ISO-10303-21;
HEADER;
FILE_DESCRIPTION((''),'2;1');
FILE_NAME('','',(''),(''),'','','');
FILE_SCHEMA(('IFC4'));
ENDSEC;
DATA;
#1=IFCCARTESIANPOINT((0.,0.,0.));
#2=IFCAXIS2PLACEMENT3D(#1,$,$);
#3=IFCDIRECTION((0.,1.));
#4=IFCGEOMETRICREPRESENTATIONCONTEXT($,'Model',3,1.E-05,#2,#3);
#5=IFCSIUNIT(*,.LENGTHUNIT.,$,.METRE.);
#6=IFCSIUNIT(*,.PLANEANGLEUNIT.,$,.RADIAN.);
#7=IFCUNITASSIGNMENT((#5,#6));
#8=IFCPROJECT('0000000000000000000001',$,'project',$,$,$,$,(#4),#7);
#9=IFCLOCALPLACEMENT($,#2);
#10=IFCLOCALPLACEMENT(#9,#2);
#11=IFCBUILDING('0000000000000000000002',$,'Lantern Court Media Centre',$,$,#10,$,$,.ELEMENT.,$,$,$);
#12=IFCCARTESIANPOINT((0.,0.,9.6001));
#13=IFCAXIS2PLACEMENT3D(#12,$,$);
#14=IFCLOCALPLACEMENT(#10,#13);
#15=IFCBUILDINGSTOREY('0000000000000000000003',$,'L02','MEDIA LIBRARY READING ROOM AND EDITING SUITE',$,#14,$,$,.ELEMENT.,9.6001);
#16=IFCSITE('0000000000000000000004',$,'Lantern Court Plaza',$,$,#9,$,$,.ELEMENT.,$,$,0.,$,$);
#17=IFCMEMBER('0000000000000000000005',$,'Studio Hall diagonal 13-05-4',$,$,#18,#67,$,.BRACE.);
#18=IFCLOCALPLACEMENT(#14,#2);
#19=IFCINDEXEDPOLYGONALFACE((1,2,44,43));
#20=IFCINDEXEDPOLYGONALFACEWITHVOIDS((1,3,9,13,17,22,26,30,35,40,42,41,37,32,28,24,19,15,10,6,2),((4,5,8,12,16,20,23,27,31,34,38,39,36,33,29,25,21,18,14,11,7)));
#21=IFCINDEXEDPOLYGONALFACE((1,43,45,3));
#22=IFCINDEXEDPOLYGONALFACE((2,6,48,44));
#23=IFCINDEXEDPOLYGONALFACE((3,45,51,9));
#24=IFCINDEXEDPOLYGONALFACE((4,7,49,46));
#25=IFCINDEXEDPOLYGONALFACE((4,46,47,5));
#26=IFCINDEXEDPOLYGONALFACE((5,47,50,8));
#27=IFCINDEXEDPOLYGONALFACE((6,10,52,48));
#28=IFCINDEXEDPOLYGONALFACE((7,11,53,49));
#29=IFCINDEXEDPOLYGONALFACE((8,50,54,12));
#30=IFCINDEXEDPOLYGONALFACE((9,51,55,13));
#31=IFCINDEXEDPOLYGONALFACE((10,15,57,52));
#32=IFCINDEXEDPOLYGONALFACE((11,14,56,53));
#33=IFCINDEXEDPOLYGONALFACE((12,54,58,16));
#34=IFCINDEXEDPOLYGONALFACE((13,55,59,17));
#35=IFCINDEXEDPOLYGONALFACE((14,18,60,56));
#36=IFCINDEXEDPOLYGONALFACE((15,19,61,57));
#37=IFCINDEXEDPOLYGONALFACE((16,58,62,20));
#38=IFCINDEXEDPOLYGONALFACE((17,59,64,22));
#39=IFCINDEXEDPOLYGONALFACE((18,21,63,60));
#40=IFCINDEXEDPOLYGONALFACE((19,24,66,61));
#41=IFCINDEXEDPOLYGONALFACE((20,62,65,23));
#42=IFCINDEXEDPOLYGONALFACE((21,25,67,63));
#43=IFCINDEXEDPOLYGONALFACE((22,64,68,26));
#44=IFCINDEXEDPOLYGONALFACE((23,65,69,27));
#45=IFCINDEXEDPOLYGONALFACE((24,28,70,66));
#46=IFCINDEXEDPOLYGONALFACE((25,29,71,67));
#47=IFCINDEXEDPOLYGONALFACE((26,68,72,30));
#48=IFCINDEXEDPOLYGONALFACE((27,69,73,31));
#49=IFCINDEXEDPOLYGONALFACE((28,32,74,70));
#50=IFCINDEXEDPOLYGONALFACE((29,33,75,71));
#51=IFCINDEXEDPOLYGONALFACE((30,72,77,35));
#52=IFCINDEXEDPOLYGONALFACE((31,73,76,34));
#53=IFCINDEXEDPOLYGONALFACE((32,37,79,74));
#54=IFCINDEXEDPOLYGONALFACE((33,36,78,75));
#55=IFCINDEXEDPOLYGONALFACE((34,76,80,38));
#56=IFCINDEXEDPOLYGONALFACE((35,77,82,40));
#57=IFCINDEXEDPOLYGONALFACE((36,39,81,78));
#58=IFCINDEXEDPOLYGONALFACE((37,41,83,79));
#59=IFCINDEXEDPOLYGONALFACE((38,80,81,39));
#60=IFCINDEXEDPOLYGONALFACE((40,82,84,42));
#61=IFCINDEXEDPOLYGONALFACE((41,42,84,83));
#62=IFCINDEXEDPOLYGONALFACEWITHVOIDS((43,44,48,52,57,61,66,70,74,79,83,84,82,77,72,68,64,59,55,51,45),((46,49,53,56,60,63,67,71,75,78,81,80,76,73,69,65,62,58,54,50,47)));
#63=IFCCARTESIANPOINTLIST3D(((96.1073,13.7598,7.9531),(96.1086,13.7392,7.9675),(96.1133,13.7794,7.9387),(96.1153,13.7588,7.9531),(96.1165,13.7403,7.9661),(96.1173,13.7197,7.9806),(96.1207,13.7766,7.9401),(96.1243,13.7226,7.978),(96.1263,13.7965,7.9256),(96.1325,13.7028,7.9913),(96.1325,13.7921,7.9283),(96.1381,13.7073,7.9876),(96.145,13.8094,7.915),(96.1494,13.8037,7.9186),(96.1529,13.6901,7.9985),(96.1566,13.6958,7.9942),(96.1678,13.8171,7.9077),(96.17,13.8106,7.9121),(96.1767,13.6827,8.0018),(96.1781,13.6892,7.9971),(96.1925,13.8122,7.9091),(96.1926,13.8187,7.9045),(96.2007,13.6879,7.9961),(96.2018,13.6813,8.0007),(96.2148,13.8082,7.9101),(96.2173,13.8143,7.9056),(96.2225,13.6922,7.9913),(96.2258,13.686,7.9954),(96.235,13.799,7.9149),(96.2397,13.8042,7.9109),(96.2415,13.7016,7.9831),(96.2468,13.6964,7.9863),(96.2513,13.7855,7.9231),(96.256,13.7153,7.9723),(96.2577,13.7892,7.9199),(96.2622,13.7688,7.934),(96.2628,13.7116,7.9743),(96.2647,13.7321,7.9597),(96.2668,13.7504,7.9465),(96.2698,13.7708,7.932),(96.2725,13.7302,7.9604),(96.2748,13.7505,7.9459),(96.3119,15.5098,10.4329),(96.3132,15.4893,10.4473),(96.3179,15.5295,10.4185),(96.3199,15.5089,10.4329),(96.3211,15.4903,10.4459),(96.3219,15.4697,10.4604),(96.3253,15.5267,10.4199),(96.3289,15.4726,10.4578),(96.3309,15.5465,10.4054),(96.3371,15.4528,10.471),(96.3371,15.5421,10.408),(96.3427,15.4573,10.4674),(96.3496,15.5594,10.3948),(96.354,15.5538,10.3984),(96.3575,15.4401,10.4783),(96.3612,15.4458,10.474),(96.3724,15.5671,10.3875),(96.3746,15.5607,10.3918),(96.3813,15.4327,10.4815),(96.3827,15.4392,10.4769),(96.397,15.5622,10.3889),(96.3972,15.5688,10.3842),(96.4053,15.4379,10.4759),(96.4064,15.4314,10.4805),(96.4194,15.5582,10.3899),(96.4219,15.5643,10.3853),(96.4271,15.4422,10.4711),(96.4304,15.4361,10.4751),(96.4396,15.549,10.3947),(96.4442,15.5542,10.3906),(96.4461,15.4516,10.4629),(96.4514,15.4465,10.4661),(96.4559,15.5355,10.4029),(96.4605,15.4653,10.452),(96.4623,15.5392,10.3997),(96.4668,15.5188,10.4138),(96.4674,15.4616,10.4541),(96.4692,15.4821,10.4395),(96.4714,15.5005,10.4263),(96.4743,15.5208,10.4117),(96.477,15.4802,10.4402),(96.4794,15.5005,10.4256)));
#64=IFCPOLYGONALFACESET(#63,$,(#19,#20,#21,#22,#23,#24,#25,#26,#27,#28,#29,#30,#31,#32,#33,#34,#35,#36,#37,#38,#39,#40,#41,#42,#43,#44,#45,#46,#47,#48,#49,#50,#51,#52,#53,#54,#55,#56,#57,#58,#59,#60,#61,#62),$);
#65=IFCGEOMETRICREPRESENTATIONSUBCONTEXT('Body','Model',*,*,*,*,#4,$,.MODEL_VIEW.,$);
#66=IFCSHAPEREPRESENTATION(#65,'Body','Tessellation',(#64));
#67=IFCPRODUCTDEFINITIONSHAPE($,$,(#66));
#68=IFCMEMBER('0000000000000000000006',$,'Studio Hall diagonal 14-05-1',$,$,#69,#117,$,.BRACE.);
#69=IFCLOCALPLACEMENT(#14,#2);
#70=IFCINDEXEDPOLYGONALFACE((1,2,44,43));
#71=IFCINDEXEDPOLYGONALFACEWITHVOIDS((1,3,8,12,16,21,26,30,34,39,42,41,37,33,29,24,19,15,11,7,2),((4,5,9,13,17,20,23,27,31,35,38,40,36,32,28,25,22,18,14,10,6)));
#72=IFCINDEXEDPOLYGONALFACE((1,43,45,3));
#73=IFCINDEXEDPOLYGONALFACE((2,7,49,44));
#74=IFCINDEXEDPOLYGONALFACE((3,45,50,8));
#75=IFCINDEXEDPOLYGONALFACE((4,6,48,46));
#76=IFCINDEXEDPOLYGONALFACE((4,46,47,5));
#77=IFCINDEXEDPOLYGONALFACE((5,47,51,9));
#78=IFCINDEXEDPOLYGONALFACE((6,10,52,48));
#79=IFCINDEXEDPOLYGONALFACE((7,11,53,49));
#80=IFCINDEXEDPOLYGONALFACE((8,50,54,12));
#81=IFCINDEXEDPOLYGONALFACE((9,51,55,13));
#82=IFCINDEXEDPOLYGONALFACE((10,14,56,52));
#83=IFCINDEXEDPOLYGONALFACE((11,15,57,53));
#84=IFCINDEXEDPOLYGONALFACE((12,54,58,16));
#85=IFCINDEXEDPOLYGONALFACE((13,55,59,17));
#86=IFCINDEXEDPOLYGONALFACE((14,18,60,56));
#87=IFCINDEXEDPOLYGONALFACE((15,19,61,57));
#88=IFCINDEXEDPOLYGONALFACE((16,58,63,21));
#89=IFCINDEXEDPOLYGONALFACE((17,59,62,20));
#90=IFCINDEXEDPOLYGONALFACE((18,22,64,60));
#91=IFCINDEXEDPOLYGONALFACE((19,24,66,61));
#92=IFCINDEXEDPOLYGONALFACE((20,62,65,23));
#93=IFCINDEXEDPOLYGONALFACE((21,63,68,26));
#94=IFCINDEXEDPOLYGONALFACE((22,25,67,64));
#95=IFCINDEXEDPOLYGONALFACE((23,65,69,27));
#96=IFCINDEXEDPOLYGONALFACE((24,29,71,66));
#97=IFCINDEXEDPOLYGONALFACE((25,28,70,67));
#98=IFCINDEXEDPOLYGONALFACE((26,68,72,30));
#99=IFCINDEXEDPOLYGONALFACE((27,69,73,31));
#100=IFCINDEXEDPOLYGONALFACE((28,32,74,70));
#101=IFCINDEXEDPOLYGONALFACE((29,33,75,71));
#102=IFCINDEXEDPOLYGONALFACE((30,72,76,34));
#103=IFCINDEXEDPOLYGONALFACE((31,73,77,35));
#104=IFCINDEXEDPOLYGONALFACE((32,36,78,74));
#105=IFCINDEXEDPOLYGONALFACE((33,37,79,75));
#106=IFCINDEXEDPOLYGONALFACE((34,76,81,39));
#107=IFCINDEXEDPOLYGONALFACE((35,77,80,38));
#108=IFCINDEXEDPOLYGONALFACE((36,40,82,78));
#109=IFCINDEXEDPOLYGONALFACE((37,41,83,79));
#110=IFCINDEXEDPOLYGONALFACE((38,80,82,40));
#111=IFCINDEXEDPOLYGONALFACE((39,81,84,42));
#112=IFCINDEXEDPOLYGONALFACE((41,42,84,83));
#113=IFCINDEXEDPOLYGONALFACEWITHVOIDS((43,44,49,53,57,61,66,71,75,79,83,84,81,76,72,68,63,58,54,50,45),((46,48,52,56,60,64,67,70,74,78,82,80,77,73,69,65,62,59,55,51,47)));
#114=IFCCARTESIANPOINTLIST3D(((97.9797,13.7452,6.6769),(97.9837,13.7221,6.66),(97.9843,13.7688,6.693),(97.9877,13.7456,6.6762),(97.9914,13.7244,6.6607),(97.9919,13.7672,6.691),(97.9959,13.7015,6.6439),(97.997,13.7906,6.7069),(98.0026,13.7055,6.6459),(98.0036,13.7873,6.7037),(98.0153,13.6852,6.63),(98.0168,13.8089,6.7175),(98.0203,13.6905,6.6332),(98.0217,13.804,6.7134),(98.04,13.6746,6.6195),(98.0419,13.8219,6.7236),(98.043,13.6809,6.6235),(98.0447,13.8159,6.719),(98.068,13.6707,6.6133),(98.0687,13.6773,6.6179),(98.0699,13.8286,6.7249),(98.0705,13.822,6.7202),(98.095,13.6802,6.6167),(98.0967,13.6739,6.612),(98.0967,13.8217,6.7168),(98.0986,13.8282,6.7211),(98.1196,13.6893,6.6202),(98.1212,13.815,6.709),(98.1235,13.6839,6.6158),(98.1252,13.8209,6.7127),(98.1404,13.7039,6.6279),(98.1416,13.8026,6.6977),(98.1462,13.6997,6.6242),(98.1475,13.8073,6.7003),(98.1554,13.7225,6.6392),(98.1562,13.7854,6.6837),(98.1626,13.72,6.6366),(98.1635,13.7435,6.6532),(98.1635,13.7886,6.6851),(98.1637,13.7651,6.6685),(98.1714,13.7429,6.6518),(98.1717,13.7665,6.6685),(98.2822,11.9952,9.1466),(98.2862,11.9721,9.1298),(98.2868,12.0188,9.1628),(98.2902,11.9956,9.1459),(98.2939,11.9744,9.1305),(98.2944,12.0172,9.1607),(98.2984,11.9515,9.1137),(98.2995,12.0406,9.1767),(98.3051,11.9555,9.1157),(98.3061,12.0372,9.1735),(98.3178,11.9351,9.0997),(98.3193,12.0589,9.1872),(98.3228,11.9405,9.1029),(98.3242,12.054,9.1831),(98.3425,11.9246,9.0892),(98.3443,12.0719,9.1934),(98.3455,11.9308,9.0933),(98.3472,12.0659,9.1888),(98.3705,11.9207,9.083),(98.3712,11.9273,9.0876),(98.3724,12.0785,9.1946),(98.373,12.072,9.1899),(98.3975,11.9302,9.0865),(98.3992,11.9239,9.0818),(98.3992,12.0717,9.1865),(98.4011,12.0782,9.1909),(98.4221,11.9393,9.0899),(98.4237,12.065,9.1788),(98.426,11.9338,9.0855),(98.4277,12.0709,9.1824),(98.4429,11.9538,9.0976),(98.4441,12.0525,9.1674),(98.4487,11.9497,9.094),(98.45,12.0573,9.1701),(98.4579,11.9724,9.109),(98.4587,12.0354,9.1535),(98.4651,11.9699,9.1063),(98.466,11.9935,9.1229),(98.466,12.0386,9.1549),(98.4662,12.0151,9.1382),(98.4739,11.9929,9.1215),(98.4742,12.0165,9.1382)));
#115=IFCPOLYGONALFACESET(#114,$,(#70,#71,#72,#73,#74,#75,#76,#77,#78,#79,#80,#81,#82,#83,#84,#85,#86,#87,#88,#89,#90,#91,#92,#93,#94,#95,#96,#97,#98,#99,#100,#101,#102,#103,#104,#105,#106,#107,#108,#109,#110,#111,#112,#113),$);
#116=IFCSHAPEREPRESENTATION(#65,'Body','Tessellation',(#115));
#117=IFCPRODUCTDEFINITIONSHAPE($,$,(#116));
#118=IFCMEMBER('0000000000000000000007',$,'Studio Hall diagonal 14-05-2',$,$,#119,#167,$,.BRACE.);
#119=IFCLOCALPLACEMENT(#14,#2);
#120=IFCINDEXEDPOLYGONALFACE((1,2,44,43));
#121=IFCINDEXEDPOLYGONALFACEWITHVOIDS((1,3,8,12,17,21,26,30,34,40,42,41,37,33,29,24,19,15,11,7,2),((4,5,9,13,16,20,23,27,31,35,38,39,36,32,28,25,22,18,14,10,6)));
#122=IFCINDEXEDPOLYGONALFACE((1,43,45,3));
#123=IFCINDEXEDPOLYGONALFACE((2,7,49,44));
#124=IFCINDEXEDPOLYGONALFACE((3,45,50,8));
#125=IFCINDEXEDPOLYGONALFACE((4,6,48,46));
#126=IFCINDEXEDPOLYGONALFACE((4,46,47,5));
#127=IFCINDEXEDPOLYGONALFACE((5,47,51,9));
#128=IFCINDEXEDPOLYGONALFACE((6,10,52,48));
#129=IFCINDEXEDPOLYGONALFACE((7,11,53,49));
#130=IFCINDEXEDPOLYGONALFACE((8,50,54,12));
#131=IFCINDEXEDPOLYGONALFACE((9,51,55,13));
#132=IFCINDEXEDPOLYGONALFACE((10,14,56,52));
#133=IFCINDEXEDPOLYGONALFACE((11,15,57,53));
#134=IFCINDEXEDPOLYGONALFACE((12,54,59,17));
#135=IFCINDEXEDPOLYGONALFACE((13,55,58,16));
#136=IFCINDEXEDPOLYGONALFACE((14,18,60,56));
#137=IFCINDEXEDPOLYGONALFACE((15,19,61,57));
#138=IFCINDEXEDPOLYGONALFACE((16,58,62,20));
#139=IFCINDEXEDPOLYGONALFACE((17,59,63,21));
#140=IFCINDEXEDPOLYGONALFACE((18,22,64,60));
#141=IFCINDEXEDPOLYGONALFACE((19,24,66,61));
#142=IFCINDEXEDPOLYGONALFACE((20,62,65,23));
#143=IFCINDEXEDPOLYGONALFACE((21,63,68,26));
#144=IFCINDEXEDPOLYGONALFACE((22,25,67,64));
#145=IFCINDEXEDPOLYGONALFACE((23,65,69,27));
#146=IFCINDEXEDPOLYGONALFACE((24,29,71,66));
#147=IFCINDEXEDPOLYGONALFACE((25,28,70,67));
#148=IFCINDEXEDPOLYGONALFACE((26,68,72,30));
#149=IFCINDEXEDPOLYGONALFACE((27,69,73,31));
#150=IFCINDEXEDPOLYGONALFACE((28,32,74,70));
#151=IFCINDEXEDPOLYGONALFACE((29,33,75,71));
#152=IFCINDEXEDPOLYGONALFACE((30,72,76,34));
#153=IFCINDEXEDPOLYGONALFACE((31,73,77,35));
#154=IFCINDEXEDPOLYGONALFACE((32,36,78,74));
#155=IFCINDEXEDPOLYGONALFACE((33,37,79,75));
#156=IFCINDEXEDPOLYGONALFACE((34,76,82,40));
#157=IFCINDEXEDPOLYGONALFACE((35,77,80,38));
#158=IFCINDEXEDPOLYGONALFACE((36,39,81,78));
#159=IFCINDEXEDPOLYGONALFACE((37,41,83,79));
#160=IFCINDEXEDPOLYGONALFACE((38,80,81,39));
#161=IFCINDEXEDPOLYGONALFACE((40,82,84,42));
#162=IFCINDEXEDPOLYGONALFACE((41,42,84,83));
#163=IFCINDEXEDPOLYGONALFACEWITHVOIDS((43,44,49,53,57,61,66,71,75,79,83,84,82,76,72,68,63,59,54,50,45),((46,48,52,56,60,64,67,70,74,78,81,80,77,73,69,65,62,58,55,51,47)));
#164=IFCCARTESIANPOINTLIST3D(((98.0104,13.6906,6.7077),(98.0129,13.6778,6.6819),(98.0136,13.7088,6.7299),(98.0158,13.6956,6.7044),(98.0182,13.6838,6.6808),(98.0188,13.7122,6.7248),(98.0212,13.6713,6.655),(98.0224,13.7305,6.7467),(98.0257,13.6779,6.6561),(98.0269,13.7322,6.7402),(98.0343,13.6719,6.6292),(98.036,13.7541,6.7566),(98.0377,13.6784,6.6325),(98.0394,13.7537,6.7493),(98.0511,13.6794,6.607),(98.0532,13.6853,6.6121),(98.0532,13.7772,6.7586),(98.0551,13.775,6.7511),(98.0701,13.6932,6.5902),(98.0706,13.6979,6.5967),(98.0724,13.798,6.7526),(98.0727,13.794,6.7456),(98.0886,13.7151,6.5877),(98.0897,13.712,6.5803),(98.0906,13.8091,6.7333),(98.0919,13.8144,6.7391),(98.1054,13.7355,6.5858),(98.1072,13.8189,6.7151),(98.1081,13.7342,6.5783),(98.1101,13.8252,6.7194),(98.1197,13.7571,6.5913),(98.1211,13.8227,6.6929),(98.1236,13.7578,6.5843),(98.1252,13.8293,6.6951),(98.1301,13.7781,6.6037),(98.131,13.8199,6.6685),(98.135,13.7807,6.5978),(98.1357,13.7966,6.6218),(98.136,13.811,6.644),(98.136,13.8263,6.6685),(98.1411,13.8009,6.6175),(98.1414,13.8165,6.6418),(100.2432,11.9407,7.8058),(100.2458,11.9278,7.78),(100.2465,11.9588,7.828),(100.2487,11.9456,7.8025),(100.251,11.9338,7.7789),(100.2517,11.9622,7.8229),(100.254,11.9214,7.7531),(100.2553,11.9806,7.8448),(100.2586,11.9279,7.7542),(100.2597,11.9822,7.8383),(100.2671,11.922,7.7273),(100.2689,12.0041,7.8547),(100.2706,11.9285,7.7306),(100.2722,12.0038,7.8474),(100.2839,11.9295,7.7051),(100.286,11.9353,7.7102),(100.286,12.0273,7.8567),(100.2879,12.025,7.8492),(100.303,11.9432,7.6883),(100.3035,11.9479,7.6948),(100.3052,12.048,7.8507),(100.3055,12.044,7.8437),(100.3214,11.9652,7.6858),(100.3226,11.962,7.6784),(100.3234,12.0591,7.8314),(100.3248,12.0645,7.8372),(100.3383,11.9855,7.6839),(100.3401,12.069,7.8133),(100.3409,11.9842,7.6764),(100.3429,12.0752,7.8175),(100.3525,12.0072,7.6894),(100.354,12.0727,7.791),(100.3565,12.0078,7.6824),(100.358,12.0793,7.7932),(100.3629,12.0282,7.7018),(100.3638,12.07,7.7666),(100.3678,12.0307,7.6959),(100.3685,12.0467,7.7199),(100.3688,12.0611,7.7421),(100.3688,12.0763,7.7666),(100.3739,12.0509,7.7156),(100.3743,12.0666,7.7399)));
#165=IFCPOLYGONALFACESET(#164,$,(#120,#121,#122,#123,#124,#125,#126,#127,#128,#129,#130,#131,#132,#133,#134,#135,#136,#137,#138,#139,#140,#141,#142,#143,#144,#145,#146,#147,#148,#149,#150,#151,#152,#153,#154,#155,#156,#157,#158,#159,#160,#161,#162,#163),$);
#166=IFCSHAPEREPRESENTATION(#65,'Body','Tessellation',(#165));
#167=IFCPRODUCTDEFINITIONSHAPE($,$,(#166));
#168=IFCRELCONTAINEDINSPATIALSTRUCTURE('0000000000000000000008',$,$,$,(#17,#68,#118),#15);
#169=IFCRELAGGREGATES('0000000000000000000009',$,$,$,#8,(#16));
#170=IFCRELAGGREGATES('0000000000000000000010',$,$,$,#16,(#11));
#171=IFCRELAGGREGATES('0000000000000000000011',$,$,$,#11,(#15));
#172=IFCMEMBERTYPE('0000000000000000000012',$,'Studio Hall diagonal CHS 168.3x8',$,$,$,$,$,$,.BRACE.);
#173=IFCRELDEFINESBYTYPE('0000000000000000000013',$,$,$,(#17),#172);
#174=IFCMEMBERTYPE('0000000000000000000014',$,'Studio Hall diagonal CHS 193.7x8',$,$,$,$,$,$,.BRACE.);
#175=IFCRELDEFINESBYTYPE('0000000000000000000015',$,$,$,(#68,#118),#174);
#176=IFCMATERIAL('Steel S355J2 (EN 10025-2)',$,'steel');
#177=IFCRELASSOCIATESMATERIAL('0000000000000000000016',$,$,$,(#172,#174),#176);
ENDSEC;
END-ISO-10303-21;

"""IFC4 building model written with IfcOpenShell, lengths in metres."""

from ifc_helpers import new_model, si_unit, direction, frame, origin, origin_2d, place, context, subcontext, project, spatial, hollow_circle, extrude, material, material_profile, profile_set, type_object, element, save


model = new_model("IFC4")

# Units and contexts
model_context = context("Model", 3, precision=1e-05, world=origin(), true_north=direction((0.0, 1.0)))
body_context = subcontext(model_context, "Body", "Model", "MODEL_VIEW")
ifc_project = project(units=[si_unit("LENGTHUNIT", "METRE"), si_unit("PLANEANGLEUNIT", "RADIAN")], contexts=[model_context])

# Site, building, storey
site_placement = place(None, origin())
site = spatial("IfcSite", under=ifc_project, at=site_placement, Name="Lantern Court Plaza", CompositionType="ELEMENT", RefElevation=0.0)
building_placement = place(site_placement, origin())
building = spatial("IfcBuilding", under=site, at=building_placement, Name="Lantern Court Media Centre", CompositionType="ELEMENT")
storey_placement = place(building_placement, frame((0.0, 0.0, 9.6001)))
storey = spatial("IfcBuildingStorey", under=building, at=storey_placement, Name="L02", Description="MEDIA LIBRARY READING ROOM AND EDITING SUITE", CompositionType="ELEMENT", Elevation=9.6001)

# Members
ifc_material = material(Name="Steel S355J2 (EN 10025-2)", Category="steel")
ifc_material_profile_1 = material_profile(ifc_material, hollow_circle(Radius=0.0842, WallThickness=0.0081, at=origin_2d()), Name="Studio Hall diagonal CHS 168.3x8")
ifc_profile_set_1 = profile_set([ifc_material_profile_1], Name="Steel S355J2 (EN 10025-2)")
member_type_1 = type_object("IfcMemberType", Name="Studio Hall diagonal CHS 168.3x8", PredefinedType="BRACE", material=ifc_profile_set_1)
for number, where, z_axis, x_axis, name in (
    (1, (96.1909, 13.75, 7.9531), (0.067256, 0.575289, 0.81518), (-0.993235, 0.116118, 0.0), "Studio Hall diagonal 13-05-4"),
):
    element("IfcMember", number, at=place(storey_placement, frame(where, z_axis=z_axis, x_axis=x_axis)), inside=storey, type_object=member_type_1, Name=name, PredefinedType="BRACE", context=body_context, shape_type="SweptSolid", body=[
        extrude(hollow_circle(Radius=0.0842, WallThickness=0.0081, at=origin_2d()), origin(), (0.0, 0.0, 1.0), 3.042),
    ])
ifc_material_profile_2 = material_profile(ifc_material, hollow_circle(Radius=0.0969, WallThickness=0.0081, at=origin_2d()), Name="Studio Hall diagonal CHS 193.7x8")
ifc_profile_set_2 = profile_set([ifc_material_profile_2], Name="Steel S355J2 (EN 10025-2)")
member_type_2 = type_object("IfcMemberType", Name="Studio Hall diagonal CHS 193.7x8", PredefinedType="BRACE", material=ifc_profile_set_2)
for number, where, z_axis, x_axis, name in (
    (2, (98.0762, 13.75, 6.6685), (0.099439, -0.575286, 0.811885), (0.985388, 0.170326, 0.0), "Studio Hall diagonal 14-05-1"),
    (3, (98.0762, 13.75, 6.6685), (0.734005, -0.575262, 0.360984), (0.616856, 0.787076, 0.0), "Studio Hall diagonal 14-05-2"),
):
    element("IfcMember", number, at=place(storey_placement, frame(where, z_axis=z_axis, x_axis=x_axis)), inside=storey, type_object=member_type_2, Name=name, PredefinedType="BRACE", context=body_context, shape_type="SweptSolid", body=[
        extrude(hollow_circle(Radius=0.0969, WallThickness=0.0081, at=origin_2d()), origin(), (0.0, 0.0, 1.0), 3.042),
    ])

save(model, "model.ifc")
